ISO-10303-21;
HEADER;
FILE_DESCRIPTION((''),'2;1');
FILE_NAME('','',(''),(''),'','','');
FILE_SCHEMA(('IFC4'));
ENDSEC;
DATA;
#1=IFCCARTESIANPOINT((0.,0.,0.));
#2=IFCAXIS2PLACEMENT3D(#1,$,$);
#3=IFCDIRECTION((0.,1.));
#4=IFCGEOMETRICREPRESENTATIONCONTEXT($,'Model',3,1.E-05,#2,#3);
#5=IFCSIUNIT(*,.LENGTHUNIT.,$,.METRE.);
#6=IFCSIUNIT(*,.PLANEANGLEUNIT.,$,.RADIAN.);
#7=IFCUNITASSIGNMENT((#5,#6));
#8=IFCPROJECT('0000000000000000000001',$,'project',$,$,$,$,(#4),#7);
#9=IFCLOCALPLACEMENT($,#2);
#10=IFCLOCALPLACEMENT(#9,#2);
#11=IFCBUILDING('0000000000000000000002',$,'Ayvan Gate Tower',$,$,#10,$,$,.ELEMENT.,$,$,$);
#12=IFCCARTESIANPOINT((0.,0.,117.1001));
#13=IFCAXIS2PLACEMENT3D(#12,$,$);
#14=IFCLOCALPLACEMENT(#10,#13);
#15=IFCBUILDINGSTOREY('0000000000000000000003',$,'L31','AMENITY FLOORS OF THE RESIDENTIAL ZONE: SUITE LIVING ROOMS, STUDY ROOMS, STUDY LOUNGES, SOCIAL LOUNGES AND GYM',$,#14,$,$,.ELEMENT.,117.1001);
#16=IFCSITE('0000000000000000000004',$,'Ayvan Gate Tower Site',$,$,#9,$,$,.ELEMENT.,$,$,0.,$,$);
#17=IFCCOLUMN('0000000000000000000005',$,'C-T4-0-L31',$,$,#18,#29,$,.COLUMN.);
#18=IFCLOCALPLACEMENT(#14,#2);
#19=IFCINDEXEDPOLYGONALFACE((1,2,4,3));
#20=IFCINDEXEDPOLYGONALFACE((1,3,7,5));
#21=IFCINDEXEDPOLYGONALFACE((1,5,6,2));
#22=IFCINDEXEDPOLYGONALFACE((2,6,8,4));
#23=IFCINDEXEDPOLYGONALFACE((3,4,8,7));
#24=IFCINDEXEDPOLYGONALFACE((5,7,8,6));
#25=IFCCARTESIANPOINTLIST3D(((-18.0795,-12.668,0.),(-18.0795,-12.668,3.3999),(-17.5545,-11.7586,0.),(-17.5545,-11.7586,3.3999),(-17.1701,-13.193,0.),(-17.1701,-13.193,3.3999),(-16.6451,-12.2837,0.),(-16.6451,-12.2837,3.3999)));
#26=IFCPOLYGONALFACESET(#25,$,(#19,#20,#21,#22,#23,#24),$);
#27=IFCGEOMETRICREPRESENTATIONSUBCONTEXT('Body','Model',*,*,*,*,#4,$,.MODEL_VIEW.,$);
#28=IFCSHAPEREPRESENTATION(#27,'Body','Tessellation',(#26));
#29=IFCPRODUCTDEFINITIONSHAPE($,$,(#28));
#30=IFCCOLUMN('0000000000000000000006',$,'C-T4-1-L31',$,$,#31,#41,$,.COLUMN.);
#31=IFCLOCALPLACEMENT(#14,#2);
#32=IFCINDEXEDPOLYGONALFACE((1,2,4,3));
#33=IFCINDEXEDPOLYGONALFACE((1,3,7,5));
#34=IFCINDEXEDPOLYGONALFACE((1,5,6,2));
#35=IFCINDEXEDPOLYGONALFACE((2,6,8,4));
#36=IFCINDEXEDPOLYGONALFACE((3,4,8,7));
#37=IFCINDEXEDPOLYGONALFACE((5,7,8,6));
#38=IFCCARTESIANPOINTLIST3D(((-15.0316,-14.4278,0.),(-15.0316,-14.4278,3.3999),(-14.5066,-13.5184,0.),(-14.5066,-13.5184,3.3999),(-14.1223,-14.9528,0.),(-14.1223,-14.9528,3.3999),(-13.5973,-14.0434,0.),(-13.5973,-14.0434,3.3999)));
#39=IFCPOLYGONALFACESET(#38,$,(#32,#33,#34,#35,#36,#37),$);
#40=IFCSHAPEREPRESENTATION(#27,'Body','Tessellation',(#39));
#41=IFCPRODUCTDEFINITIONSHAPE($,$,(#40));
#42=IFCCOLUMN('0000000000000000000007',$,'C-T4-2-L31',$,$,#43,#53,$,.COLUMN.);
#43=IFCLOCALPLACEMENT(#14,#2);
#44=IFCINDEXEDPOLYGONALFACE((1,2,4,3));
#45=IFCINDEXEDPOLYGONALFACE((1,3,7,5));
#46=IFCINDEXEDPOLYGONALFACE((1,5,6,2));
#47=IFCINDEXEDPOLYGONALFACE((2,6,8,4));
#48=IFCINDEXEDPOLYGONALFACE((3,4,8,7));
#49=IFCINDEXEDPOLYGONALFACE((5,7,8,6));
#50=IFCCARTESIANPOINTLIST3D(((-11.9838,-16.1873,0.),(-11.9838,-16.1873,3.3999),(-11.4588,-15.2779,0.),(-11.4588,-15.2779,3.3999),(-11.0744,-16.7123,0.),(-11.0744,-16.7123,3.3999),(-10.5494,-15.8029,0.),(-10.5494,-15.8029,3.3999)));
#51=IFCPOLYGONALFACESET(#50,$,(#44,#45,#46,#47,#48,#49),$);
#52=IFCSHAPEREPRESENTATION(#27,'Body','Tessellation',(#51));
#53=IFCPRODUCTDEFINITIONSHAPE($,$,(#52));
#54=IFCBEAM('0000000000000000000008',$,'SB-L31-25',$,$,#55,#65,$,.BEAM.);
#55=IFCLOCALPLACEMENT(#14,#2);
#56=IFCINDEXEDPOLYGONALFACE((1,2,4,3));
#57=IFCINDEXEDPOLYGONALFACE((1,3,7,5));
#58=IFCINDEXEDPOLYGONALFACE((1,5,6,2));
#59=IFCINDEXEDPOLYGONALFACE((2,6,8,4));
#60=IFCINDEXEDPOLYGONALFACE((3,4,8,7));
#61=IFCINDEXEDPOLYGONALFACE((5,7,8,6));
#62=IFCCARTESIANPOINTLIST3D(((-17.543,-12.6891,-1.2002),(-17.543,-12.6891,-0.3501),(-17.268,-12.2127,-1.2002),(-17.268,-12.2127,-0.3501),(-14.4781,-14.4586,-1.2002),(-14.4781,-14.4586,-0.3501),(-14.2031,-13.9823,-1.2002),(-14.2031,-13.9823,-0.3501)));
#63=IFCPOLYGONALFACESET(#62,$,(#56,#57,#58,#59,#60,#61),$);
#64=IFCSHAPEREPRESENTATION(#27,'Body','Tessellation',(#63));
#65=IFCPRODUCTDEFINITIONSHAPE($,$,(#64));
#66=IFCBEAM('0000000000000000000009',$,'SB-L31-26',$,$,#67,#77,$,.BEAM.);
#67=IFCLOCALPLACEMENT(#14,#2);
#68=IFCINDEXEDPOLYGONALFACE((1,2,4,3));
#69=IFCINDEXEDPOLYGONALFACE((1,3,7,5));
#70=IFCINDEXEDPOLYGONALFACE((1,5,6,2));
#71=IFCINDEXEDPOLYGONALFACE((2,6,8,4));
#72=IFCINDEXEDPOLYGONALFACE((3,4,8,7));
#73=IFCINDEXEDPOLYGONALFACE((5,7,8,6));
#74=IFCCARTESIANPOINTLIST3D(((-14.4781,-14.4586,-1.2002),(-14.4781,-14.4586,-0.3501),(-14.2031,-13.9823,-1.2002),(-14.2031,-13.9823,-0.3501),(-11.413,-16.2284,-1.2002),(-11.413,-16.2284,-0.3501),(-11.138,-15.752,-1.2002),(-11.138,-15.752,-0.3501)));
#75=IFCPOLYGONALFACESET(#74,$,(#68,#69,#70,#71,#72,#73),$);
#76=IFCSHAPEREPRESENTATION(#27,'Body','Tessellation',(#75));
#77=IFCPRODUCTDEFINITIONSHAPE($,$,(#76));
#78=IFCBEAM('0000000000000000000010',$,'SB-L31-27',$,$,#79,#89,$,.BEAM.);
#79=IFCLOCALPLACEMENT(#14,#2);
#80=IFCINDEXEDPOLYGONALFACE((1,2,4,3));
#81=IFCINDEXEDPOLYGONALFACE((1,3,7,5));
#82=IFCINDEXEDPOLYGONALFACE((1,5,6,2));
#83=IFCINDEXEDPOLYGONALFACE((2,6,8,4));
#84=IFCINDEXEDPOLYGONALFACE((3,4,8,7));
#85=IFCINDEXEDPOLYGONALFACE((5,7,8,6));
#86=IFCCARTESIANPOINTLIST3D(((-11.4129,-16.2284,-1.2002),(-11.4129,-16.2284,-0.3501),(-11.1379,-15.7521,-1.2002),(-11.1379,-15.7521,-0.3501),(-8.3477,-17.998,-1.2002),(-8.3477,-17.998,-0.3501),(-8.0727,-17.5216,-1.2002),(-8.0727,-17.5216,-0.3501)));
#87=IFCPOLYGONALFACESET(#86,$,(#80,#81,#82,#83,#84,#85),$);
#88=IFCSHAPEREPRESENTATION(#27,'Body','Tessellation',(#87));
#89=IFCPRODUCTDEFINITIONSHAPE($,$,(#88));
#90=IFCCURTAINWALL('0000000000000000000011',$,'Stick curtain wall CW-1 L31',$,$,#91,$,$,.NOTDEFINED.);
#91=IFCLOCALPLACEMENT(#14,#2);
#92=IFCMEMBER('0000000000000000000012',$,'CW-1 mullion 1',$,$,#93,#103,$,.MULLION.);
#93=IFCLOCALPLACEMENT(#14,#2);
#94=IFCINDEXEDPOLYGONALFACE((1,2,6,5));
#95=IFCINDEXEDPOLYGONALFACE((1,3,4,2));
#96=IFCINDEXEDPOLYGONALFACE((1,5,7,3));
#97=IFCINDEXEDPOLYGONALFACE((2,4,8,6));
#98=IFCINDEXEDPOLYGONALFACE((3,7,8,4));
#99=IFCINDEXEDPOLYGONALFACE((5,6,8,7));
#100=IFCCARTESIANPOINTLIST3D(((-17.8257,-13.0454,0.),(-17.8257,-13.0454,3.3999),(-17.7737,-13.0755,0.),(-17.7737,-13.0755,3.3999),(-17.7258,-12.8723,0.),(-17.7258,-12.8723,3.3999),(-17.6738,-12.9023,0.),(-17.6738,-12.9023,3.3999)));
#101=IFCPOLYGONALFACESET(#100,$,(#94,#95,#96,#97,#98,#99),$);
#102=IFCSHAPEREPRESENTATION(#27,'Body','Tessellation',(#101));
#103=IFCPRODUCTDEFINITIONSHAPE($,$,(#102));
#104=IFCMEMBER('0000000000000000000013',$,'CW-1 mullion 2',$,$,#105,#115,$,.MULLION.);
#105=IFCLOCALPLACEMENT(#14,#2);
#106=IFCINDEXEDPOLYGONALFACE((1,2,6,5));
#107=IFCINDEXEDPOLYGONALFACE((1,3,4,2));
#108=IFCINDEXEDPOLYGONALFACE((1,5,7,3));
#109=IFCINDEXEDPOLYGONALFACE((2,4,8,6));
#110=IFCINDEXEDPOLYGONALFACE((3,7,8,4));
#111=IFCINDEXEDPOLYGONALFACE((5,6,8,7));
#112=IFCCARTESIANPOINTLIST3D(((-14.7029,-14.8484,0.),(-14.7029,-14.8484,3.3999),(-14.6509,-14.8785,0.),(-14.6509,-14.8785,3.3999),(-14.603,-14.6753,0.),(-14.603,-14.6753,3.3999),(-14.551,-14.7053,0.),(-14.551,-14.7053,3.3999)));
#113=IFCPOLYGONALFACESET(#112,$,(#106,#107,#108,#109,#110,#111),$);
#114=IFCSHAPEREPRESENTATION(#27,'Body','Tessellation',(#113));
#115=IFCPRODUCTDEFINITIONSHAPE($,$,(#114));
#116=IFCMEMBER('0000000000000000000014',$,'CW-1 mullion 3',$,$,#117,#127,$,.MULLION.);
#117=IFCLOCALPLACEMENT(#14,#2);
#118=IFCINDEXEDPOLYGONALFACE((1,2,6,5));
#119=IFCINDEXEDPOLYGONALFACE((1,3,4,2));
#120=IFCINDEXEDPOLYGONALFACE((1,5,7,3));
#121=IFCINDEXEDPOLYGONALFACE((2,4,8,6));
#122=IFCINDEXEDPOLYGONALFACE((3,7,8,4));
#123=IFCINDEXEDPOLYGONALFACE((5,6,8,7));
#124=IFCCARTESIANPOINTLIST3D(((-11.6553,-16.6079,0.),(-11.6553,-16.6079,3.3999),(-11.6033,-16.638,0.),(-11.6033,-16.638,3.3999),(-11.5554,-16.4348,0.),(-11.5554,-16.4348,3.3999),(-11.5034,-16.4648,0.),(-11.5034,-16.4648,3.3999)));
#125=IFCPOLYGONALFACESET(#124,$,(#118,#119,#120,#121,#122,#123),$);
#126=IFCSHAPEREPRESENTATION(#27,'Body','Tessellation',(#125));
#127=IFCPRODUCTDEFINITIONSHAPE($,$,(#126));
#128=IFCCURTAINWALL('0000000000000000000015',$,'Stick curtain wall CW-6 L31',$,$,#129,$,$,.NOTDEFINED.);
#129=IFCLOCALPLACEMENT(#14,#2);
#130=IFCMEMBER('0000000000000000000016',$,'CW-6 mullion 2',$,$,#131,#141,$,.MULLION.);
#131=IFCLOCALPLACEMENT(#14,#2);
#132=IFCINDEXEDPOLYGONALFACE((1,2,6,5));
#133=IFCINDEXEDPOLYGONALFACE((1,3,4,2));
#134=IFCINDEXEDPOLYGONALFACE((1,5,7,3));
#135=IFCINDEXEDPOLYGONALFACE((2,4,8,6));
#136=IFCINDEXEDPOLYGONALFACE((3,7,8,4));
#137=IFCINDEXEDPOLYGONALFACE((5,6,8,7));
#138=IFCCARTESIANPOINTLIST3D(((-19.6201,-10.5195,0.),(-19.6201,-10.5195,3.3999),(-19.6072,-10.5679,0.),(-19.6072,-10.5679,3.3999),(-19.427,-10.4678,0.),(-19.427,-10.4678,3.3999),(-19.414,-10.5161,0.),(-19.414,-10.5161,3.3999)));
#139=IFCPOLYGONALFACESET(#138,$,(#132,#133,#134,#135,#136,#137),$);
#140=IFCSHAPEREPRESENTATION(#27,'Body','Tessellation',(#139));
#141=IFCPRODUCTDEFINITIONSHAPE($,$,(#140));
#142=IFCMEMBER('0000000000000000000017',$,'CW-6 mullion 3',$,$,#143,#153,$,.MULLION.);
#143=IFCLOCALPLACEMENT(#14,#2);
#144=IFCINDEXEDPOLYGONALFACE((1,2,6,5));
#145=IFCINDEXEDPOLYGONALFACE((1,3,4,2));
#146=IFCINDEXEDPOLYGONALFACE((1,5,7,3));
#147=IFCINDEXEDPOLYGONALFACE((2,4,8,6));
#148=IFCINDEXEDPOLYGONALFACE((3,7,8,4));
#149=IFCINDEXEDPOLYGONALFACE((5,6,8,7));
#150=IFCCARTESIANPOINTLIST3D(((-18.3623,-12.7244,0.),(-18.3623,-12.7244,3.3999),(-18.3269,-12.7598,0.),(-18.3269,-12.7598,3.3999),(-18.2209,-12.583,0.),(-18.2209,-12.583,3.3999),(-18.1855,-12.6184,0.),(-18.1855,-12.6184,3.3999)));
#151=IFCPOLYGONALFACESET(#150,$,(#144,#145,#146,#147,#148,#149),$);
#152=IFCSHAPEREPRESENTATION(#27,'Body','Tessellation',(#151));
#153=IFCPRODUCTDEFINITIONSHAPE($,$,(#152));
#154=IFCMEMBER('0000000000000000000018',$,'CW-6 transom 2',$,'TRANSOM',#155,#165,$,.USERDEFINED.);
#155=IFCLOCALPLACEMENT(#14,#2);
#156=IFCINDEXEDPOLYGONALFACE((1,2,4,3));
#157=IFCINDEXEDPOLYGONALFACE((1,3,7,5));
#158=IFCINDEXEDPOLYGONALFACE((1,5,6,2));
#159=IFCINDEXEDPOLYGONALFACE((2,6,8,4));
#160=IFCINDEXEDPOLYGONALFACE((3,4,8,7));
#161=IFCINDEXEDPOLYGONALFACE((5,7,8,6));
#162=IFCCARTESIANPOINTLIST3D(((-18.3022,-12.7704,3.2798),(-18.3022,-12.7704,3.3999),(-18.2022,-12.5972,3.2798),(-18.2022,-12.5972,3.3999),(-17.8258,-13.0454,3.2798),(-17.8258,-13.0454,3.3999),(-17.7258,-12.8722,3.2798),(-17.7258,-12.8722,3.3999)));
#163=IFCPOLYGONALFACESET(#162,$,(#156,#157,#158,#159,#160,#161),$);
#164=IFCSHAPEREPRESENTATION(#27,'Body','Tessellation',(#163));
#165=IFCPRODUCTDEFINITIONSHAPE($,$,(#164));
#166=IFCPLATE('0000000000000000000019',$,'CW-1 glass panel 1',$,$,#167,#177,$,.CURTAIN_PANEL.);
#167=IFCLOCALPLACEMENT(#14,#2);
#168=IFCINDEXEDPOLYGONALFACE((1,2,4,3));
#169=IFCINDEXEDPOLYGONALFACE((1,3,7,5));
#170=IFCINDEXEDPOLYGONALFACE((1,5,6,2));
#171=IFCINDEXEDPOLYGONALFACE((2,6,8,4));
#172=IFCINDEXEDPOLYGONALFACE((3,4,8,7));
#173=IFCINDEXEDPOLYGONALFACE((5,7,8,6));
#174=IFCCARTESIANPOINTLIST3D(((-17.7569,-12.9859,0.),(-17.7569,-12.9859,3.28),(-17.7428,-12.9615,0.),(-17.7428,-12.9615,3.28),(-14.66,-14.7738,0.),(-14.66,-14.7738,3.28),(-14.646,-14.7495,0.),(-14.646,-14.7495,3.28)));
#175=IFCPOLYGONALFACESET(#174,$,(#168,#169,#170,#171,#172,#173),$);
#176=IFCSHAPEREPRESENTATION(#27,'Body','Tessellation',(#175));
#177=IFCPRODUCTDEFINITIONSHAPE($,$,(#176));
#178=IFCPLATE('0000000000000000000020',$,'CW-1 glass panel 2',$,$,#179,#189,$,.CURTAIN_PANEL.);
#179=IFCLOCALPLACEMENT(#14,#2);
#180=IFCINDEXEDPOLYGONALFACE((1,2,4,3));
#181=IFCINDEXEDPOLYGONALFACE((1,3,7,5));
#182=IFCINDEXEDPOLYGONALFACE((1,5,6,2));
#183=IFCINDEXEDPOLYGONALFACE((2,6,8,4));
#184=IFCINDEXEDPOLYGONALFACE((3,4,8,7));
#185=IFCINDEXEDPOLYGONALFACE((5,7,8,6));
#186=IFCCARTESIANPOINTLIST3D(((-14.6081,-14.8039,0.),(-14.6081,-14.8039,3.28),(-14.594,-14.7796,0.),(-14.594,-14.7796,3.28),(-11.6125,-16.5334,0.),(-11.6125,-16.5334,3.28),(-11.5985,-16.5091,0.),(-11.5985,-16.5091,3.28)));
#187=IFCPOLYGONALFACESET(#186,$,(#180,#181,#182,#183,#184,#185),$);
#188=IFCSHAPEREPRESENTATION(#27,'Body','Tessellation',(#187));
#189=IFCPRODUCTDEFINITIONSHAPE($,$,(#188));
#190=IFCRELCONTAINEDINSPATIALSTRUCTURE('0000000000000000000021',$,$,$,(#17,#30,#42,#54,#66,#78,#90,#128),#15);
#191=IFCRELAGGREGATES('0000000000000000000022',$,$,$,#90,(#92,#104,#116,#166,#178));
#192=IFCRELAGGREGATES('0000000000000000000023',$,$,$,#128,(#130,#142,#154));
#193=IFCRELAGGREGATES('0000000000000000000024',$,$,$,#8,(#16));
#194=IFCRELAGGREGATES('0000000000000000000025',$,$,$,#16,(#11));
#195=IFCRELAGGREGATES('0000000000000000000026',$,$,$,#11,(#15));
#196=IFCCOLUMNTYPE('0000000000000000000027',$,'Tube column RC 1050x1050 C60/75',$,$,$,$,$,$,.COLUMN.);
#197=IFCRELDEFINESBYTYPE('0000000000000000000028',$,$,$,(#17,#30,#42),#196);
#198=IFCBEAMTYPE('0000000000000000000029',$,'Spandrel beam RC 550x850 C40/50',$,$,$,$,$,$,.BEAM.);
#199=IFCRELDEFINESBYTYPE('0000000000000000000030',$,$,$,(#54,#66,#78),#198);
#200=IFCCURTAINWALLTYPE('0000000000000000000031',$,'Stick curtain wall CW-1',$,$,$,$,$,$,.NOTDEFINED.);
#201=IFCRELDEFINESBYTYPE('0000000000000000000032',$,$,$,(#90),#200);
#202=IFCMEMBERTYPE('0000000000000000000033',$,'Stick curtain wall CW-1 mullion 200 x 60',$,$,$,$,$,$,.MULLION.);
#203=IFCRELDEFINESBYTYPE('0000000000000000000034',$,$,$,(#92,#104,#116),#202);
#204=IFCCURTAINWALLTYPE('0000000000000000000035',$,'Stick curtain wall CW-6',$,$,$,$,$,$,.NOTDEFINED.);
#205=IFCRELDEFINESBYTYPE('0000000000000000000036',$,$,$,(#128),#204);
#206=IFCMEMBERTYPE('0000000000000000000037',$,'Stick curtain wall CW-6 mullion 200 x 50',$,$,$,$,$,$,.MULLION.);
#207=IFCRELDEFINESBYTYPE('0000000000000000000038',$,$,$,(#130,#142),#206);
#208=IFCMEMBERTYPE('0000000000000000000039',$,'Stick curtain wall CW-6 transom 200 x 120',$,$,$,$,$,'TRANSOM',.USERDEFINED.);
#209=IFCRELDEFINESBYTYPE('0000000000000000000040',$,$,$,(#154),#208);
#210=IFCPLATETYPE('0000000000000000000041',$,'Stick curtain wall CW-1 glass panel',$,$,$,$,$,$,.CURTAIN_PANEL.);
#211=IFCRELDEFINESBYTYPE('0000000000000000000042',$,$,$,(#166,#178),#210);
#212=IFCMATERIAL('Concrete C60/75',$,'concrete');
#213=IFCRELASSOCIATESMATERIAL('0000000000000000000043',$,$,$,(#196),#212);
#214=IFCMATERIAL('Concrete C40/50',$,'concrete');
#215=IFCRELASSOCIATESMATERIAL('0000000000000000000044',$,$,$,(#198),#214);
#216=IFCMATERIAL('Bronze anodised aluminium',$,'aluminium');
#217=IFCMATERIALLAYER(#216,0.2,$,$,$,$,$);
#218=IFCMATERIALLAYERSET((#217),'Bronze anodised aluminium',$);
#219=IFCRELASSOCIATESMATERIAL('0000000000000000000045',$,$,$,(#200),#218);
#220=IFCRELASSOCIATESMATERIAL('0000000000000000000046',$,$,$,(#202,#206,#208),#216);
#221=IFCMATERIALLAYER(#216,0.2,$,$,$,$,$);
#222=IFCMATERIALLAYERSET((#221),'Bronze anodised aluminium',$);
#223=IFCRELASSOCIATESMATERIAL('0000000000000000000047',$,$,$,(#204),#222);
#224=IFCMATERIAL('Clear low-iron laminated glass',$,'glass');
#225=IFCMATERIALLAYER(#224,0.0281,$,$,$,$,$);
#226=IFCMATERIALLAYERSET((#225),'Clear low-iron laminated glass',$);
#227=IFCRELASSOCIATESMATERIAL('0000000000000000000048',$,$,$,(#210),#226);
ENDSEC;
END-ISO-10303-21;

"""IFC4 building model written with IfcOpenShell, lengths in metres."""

from ifc_helpers import new_model, si_unit, direction, frame, origin, origin_2d, place, context, subcontext, project, spatial, rectangle, extrude, material, layer, layer_set, material_profile, profile_set, type_object, element, aggregate, save


model = new_model("IFC4")

# Units and contexts
model_context = context("Model", 3, precision=1e-05, world=origin(), true_north=direction((0.0, 1.0)))
body_context = subcontext(model_context, "Body", "Model", "MODEL_VIEW")
ifc_project = project(units=[si_unit("LENGTHUNIT", "METRE"), si_unit("PLANEANGLEUNIT", "RADIAN")], contexts=[model_context])

# Site, building, storey
site_placement = place(None, origin())
site = spatial("IfcSite", under=ifc_project, at=site_placement, Name="Ayvan Gate Tower Site", CompositionType="ELEMENT", RefElevation=0.0)
building_placement = place(site_placement, origin())
building = spatial("IfcBuilding", under=site, at=building_placement, Name="Ayvan Gate Tower", CompositionType="ELEMENT")
storey_placement = place(building_placement, frame((0.0, 0.0, 117.1001)))
storey = spatial("IfcBuildingStorey", under=building, at=storey_placement, Name="L31", Description="AMENITY FLOORS OF THE RESIDENTIAL ZONE: SUITE LIVING ROOMS, STUDY ROOMS, STUDY LOUNGES, SOCIAL LOUNGES AND GYM", CompositionType="ELEMENT", Elevation=117.1001)

# Columns
ifc_material_1 = material(Name="Concrete C60/75", Category="concrete")
ifc_material_profile_1 = material_profile(ifc_material_1, rectangle(XDim=1.05, YDim=1.05, at=origin_2d()), Name="RC 1050x1050")
ifc_profile_set_1 = profile_set([ifc_material_profile_1], Name="Concrete C60/75")
column_type = type_object("IfcColumnType", Name="Tube column RC 1050x1050 C60/75", PredefinedType="COLUMN", material=ifc_profile_set_1)
for number, where, z_axis, x_axis, name in (
    (1, (-17.3623, -12.4758, 0.0), (0.0, 0.0, 1.0), (-0.5, -0.866025, 0.0), "C-T4-0-L31"),
    (2, (-14.3145, -14.2356, 0.0), (0.0, 0.0, 1.0), (-0.5, -0.866025, 0.0), "C-T4-1-L31"),
    (3, (-11.2666, -15.9951, 0.0), (0.0, 0.0, 1.0), (-0.5, -0.866025, 0.0), "C-T4-2-L31"),
):
    element("IfcColumn", number, at=place(storey_placement, frame(where, z_axis=z_axis, x_axis=x_axis)), inside=storey, type_object=column_type, Name=name, PredefinedType="COLUMN", context=body_context, shape_type="SweptSolid", body=[
        extrude(rectangle(XDim=1.05, YDim=1.05, at=origin_2d()), origin(), (0.0, 0.0, 1.0), 3.3999),
    ])

# Beams
ifc_material_2 = material(Name="Concrete C40/50", Category="concrete")
ifc_material_profile_2 = material_profile(ifc_material_2, rectangle(XDim=0.55, YDim=0.8501, at=origin_2d()), Name="RC 550x850")
ifc_profile_set_2 = profile_set([ifc_material_profile_2], Name="Concrete C40/50")
beam_type = type_object("IfcBeamType", Name="Spandrel beam RC 550x850 C40/50", PredefinedType="BEAM", material=ifc_profile_set_2)
beam_placement = place(storey_placement, frame((-17.4055, -12.4509, -0.7751), z_axis=(0.866027, -0.499997, 0.0), x_axis=(0.499997, 0.866027, 0.0)))
element("IfcBeam", 4, at=beam_placement, inside=storey, type_object=beam_type, Name="SB-L31-25", PredefinedType="BEAM", context=body_context, shape_type="SweptSolid", body=[
    extrude(rectangle(XDim=0.55, YDim=0.8501, at=origin_2d()), origin(), (0.0, 0.0, 1.0), 3.5391),
])
for number, where, z_axis, x_axis, name in (
    (5, (-14.3406, -14.2205, -0.7751), (0.866014, -0.500019, 0.0), (0.500019, 0.866014, 0.0), "SB-L31-26"),
    (6, (-11.2754, -15.9902, -0.7751), (0.866044, -0.499967, 0.0), (0.499967, 0.866044, 0.0), "SB-L31-27"),
):
    element("IfcBeam", number, at=place(storey_placement, frame(where, z_axis=z_axis, x_axis=x_axis)), inside=storey, type_object=beam_type, Name=name, PredefinedType="BEAM", context=body_context, shape_type="SweptSolid", body=[
        extrude(rectangle(XDim=0.55, YDim=0.8501, at=origin_2d()), origin(), (0.0, 0.0, 1.0), 3.5393),
    ])

# Curtain walls, members
ifc_material_3 = material(Name="Bronze anodised aluminium", Category="aluminium")
ifc_layer_1 = layer(ifc_material_3, 0.2)
ifc_layer_set_1 = layer_set([ifc_layer_1], Name="Bronze anodised aluminium")
curtain_wall_type_1 = type_object("IfcCurtainWallType", Name="Stick curtain wall CW-1", PredefinedType="NOTDEFINED", material=ifc_layer_set_1)
curtain_wall_1_placement = place(storey_placement, origin())
curtain_wall_1 = element("IfcCurtainWall", 7, at=curtain_wall_1_placement, inside=storey, type_object=curtain_wall_type_1, Name="Stick curtain wall CW-1 L31", PredefinedType="NOTDEFINED")
ifc_material_profile_3 = material_profile(ifc_material_3, rectangle(XDim=0.2, YDim=0.0601, at=origin_2d()), Name="Stick curtain wall CW-1 mullion 200 x 60")
ifc_profile_set_3 = profile_set([ifc_material_profile_3], Name="Bronze anodised aluminium")
member_type_1 = type_object("IfcMemberType", Name="Stick curtain wall CW-1 mullion 200 x 60", PredefinedType="MULLION", material=ifc_profile_set_3)
member_1_placement = place(storey_placement, frame((-17.7498, -12.9739, 0.0), z_axis=(0.0, 0.0, 1.0), x_axis=(-0.5, -0.866025, 0.0)))
member_1 = element("IfcMember", 8, at=member_1_placement, type_object=member_type_1, Name="CW-1 mullion 1", PredefinedType="MULLION", context=body_context, shape_type="SweptSolid", body=[
    extrude(rectangle(XDim=0.2, YDim=0.0601, at=origin_2d()), origin(), (0.0, 0.0, 1.0), 3.3999),
])
member_2_placement = place(storey_placement, frame((-14.627, -14.7769, 0.0), z_axis=(0.0, 0.0, 1.0), x_axis=(-0.5, -0.866025, 0.0)))
member_2 = element("IfcMember", 9, at=member_2_placement, type_object=member_type_1, Name="CW-1 mullion 2", PredefinedType="MULLION", context=body_context, shape_type="SweptSolid", body=[
    extrude(rectangle(XDim=0.2, YDim=0.0601, at=origin_2d()), origin(), (0.0, 0.0, 1.0), 3.3999),
])
member_3_placement = place(storey_placement, frame((-11.5793, -16.5364, 0.0), z_axis=(0.0, 0.0, 1.0), x_axis=(-0.5, -0.866025, 0.0)))
member_3 = element("IfcMember", 10, at=member_3_placement, type_object=member_type_1, Name="CW-1 mullion 3", PredefinedType="MULLION", context=body_context, shape_type="SweptSolid", body=[
    extrude(rectangle(XDim=0.2, YDim=0.0601, at=origin_2d()), origin(), (0.0, 0.0, 1.0), 3.3999),
])
ifc_layer_2 = layer(ifc_material_3, 0.2)
ifc_layer_set_2 = layer_set([ifc_layer_2], Name="Bronze anodised aluminium")
curtain_wall_type_2 = type_object("IfcCurtainWallType", Name="Stick curtain wall CW-6", PredefinedType="NOTDEFINED", material=ifc_layer_set_2)
curtain_wall_2_placement = place(storey_placement, origin())
curtain_wall_2 = element("IfcCurtainWall", 11, at=curtain_wall_2_placement, inside=storey, type_object=curtain_wall_type_2, Name="Stick curtain wall CW-6 L31", PredefinedType="NOTDEFINED")
ifc_material_profile_4 = material_profile(ifc_material_3, rectangle(XDim=0.2, YDim=0.05, at=origin_2d()), Name="Stick curtain wall CW-6 mullion 200 x 50")
ifc_profile_set_4 = profile_set([ifc_material_profile_4], Name="Bronze anodised aluminium")
member_type_2 = type_object("IfcMemberType", Name="Stick curtain wall CW-6 mullion 200 x 50", PredefinedType="MULLION", material=ifc_profile_set_4)
member_4_placement = place(storey_placement, frame((-19.5171, -10.5178, 0.0), z_axis=(0.0, 0.0, 1.0), x_axis=(-0.965926, -0.258819, 0.0)))
member_4 = element("IfcMember", 12, at=member_4_placement, type_object=member_type_2, Name="CW-6 mullion 2", PredefinedType="MULLION", context=body_context, shape_type="SweptSolid", body=[
    extrude(rectangle(XDim=0.2, YDim=0.05, at=origin_2d()), origin(), (0.0, 0.0, 1.0), 3.3999),
])
member_5_placement = place(storey_placement, frame((-18.2739, -12.6714, 0.0), z_axis=(0.0, 0.0, 1.0), x_axis=(-0.707107, -0.707107, 0.0)))
member_5 = element("IfcMember", 13, at=member_5_placement, type_object=member_type_2, Name="CW-6 mullion 3", PredefinedType="MULLION", context=body_context, shape_type="SweptSolid", body=[
    extrude(rectangle(XDim=0.2, YDim=0.05, at=origin_2d()), origin(), (0.0, 0.0, 1.0), 3.3999),
])
ifc_material_profile_5 = material_profile(ifc_material_3, rectangle(XDim=0.2, YDim=0.1201, at=origin_2d()), Name="Stick curtain wall CW-6 transom 200 x 120")
ifc_profile_set_5 = profile_set([ifc_material_profile_5], Name="Bronze anodised aluminium")
member_type_3 = type_object("IfcMemberType", Name="Stick curtain wall CW-6 transom 200 x 120", ElementType="TRANSOM", PredefinedType="USERDEFINED", material=ifc_profile_set_5)
member_6_placement = place(storey_placement, frame((-18.2522, -12.6838, 3.3398), z_axis=(0.866104, -0.499863, 0.0), x_axis=(0.499863, 0.866104, 0.0)))
member_6 = element("IfcMember", 14, at=member_6_placement, type_object=member_type_3, Name="CW-6 transom 2", ObjectType="TRANSOM", PredefinedType="USERDEFINED", context=body_context, shape_type="SweptSolid", body=[
    extrude(rectangle(XDim=0.2, YDim=0.1201, at=origin_2d()), origin(), (0.0, 0.0, 1.0), 0.55),
])

# Plates
ifc_material_4 = material(Name="Clear low-iron laminated glass", Category="glass")
ifc_layer_3 = layer(ifc_material_4, 0.0281)
ifc_layer_set_3 = layer_set([ifc_layer_3], Name="Clear low-iron laminated glass")
plate_type_1 = type_object("IfcPlateType", Name="Stick curtain wall CW-1 glass panel", PredefinedType="CURTAIN_PANEL", material=ifc_layer_set_3)
plate_1_placement = place(storey_placement, frame((-16.2014, -13.8677, 0.0), z_axis=(0.0, 0.0, 1.0), x_axis=(0.866025, -0.5, 0.0)))
plate_1 = element("IfcPlate", 15, at=plate_1_placement, type_object=plate_type_1, Name="CW-1 glass panel 1", PredefinedType="CURTAIN_PANEL", context=body_context, shape_type="SweptSolid", body=[
    extrude(rectangle(XDim=3.5759, YDim=0.0281, at=origin_2d()), origin(), (0.0, 0.0, 1.0), 3.28),
])
plate_2_placement = place(storey_placement, frame((-13.1033, -15.6565, 0.0), z_axis=(0.0, 0.0, 1.0), x_axis=(0.866025, -0.5, 0.0)))
plate_2 = element("IfcPlate", 16, at=plate_2_placement, type_object=plate_type_1, Name="CW-1 glass panel 2", PredefinedType="CURTAIN_PANEL", context=body_context, shape_type="SweptSolid", body=[
    extrude(rectangle(XDim=3.459, YDim=0.0281, at=origin_2d()), origin(), (0.0, 0.0, 1.0), 3.28),
])
aggregate(curtain_wall_1, [member_1, member_2, member_3, plate_1, plate_2])
aggregate(curtain_wall_2, [member_4, member_5, member_6])

save(model, "model.ifc")
